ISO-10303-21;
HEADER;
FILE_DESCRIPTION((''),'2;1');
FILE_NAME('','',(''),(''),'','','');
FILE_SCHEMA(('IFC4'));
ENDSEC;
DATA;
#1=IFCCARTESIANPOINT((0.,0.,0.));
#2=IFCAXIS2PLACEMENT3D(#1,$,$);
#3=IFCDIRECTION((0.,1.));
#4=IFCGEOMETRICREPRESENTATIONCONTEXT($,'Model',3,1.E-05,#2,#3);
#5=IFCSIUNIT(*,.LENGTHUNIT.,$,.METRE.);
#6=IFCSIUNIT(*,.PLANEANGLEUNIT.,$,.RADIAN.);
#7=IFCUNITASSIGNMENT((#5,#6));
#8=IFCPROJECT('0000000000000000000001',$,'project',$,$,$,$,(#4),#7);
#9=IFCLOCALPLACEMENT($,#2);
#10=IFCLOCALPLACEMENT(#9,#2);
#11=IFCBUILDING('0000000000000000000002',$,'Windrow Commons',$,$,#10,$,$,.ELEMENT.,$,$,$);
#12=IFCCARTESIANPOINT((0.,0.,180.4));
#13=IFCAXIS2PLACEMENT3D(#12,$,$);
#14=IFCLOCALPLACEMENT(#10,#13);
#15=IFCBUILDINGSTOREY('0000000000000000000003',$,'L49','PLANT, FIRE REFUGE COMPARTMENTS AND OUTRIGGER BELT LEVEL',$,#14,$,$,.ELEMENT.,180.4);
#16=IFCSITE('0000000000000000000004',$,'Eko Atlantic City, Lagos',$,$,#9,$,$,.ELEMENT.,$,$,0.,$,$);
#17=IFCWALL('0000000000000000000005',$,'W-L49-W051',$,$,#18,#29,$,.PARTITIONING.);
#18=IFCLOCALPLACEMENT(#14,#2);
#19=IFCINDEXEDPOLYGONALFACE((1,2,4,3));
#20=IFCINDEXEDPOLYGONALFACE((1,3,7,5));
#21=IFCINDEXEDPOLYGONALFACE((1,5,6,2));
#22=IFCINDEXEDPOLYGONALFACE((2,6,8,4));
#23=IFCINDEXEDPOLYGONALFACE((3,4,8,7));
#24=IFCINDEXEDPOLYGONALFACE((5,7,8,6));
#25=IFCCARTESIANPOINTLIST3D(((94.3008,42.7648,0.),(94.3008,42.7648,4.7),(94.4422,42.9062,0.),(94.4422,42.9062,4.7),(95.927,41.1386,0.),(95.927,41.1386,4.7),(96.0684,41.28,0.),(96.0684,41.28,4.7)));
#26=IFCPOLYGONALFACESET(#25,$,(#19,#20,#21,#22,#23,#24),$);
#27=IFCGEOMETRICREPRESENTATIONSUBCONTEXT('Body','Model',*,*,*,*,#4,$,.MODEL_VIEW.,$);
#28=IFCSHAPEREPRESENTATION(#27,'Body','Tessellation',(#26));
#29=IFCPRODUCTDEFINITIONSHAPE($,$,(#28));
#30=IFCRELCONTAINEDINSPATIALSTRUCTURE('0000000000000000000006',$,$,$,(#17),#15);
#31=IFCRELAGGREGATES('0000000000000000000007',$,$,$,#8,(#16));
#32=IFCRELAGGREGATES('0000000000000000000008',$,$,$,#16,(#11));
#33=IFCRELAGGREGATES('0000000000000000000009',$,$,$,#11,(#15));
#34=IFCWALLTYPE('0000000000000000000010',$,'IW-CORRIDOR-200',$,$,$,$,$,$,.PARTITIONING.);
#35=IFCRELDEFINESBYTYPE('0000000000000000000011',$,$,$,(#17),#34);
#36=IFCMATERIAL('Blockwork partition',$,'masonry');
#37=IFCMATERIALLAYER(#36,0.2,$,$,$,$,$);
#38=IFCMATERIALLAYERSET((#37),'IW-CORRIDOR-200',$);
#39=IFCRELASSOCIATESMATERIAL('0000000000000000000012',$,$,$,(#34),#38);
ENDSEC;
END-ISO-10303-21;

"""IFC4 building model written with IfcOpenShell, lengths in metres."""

from ifc_helpers import new_model, si_unit, direction, frame, frame_2d, origin, place, context, subcontext, project, spatial, rectangle, extrude, material, layer, layer_set, type_object, element, save


model = new_model("IFC4")

# Units and contexts
model_context = context("Model", 3, precision=1e-05, world=origin(), true_north=direction((0.0, 1.0)))
body_context = subcontext(model_context, "Body", "Model", "MODEL_VIEW")
ifc_project = project(units=[si_unit("LENGTHUNIT", "METRE"), si_unit("PLANEANGLEUNIT", "RADIAN")], contexts=[model_context])

# Site, building, storey
site_placement = place(None, origin())
site = spatial("IfcSite", under=ifc_project, at=site_placement, Name="Eko Atlantic City, Lagos", CompositionType="ELEMENT", RefElevation=0.0)
building_placement = place(site_placement, origin())
building = spatial("IfcBuilding", under=site, at=building_placement, Name="Windrow Commons", CompositionType="ELEMENT")
storey_placement = place(building_placement, frame((0.0, 0.0, 180.4)))
storey = spatial("IfcBuildingStorey", under=building, at=storey_placement, Name="L49", Description="PLANT, FIRE REFUGE COMPARTMENTS AND OUTRIGGER BELT LEVEL", CompositionType="ELEMENT", Elevation=180.4)

# Shared definitions
ifc_material_1 = material(Name="Blockwork partition", Category="masonry")
ifc_layer_1 = layer(ifc_material_1, 0.2)
ifc_layer_set_1 = layer_set([ifc_layer_1], Name="IW-CORRIDOR-200")
wall_type_1 = type_object("IfcWallType", Name="IW-CORRIDOR-200", PredefinedType="PARTITIONING", material=ifc_layer_set_1)

# Wall
wall_1_placement = place(storey_placement, frame((94.3715, 42.8355, 0.0), z_axis=(0.0, 0.0, 1.0), x_axis=(0.707107, -0.707107, 0.0)))
element("IfcWall", 1, at=wall_1_placement, inside=storey, type_object=wall_type_1, Name="W-L49-W051", PredefinedType="PARTITIONING", context=body_context, shape_type="SweptSolid", body=[
    extrude(rectangle(XDim=2.2997, YDim=0.2, at=frame_2d((1.1499, 0.0))), origin(), (0.0, 0.0, 1.0), 4.7),
])

save(model, "model.ifc")
